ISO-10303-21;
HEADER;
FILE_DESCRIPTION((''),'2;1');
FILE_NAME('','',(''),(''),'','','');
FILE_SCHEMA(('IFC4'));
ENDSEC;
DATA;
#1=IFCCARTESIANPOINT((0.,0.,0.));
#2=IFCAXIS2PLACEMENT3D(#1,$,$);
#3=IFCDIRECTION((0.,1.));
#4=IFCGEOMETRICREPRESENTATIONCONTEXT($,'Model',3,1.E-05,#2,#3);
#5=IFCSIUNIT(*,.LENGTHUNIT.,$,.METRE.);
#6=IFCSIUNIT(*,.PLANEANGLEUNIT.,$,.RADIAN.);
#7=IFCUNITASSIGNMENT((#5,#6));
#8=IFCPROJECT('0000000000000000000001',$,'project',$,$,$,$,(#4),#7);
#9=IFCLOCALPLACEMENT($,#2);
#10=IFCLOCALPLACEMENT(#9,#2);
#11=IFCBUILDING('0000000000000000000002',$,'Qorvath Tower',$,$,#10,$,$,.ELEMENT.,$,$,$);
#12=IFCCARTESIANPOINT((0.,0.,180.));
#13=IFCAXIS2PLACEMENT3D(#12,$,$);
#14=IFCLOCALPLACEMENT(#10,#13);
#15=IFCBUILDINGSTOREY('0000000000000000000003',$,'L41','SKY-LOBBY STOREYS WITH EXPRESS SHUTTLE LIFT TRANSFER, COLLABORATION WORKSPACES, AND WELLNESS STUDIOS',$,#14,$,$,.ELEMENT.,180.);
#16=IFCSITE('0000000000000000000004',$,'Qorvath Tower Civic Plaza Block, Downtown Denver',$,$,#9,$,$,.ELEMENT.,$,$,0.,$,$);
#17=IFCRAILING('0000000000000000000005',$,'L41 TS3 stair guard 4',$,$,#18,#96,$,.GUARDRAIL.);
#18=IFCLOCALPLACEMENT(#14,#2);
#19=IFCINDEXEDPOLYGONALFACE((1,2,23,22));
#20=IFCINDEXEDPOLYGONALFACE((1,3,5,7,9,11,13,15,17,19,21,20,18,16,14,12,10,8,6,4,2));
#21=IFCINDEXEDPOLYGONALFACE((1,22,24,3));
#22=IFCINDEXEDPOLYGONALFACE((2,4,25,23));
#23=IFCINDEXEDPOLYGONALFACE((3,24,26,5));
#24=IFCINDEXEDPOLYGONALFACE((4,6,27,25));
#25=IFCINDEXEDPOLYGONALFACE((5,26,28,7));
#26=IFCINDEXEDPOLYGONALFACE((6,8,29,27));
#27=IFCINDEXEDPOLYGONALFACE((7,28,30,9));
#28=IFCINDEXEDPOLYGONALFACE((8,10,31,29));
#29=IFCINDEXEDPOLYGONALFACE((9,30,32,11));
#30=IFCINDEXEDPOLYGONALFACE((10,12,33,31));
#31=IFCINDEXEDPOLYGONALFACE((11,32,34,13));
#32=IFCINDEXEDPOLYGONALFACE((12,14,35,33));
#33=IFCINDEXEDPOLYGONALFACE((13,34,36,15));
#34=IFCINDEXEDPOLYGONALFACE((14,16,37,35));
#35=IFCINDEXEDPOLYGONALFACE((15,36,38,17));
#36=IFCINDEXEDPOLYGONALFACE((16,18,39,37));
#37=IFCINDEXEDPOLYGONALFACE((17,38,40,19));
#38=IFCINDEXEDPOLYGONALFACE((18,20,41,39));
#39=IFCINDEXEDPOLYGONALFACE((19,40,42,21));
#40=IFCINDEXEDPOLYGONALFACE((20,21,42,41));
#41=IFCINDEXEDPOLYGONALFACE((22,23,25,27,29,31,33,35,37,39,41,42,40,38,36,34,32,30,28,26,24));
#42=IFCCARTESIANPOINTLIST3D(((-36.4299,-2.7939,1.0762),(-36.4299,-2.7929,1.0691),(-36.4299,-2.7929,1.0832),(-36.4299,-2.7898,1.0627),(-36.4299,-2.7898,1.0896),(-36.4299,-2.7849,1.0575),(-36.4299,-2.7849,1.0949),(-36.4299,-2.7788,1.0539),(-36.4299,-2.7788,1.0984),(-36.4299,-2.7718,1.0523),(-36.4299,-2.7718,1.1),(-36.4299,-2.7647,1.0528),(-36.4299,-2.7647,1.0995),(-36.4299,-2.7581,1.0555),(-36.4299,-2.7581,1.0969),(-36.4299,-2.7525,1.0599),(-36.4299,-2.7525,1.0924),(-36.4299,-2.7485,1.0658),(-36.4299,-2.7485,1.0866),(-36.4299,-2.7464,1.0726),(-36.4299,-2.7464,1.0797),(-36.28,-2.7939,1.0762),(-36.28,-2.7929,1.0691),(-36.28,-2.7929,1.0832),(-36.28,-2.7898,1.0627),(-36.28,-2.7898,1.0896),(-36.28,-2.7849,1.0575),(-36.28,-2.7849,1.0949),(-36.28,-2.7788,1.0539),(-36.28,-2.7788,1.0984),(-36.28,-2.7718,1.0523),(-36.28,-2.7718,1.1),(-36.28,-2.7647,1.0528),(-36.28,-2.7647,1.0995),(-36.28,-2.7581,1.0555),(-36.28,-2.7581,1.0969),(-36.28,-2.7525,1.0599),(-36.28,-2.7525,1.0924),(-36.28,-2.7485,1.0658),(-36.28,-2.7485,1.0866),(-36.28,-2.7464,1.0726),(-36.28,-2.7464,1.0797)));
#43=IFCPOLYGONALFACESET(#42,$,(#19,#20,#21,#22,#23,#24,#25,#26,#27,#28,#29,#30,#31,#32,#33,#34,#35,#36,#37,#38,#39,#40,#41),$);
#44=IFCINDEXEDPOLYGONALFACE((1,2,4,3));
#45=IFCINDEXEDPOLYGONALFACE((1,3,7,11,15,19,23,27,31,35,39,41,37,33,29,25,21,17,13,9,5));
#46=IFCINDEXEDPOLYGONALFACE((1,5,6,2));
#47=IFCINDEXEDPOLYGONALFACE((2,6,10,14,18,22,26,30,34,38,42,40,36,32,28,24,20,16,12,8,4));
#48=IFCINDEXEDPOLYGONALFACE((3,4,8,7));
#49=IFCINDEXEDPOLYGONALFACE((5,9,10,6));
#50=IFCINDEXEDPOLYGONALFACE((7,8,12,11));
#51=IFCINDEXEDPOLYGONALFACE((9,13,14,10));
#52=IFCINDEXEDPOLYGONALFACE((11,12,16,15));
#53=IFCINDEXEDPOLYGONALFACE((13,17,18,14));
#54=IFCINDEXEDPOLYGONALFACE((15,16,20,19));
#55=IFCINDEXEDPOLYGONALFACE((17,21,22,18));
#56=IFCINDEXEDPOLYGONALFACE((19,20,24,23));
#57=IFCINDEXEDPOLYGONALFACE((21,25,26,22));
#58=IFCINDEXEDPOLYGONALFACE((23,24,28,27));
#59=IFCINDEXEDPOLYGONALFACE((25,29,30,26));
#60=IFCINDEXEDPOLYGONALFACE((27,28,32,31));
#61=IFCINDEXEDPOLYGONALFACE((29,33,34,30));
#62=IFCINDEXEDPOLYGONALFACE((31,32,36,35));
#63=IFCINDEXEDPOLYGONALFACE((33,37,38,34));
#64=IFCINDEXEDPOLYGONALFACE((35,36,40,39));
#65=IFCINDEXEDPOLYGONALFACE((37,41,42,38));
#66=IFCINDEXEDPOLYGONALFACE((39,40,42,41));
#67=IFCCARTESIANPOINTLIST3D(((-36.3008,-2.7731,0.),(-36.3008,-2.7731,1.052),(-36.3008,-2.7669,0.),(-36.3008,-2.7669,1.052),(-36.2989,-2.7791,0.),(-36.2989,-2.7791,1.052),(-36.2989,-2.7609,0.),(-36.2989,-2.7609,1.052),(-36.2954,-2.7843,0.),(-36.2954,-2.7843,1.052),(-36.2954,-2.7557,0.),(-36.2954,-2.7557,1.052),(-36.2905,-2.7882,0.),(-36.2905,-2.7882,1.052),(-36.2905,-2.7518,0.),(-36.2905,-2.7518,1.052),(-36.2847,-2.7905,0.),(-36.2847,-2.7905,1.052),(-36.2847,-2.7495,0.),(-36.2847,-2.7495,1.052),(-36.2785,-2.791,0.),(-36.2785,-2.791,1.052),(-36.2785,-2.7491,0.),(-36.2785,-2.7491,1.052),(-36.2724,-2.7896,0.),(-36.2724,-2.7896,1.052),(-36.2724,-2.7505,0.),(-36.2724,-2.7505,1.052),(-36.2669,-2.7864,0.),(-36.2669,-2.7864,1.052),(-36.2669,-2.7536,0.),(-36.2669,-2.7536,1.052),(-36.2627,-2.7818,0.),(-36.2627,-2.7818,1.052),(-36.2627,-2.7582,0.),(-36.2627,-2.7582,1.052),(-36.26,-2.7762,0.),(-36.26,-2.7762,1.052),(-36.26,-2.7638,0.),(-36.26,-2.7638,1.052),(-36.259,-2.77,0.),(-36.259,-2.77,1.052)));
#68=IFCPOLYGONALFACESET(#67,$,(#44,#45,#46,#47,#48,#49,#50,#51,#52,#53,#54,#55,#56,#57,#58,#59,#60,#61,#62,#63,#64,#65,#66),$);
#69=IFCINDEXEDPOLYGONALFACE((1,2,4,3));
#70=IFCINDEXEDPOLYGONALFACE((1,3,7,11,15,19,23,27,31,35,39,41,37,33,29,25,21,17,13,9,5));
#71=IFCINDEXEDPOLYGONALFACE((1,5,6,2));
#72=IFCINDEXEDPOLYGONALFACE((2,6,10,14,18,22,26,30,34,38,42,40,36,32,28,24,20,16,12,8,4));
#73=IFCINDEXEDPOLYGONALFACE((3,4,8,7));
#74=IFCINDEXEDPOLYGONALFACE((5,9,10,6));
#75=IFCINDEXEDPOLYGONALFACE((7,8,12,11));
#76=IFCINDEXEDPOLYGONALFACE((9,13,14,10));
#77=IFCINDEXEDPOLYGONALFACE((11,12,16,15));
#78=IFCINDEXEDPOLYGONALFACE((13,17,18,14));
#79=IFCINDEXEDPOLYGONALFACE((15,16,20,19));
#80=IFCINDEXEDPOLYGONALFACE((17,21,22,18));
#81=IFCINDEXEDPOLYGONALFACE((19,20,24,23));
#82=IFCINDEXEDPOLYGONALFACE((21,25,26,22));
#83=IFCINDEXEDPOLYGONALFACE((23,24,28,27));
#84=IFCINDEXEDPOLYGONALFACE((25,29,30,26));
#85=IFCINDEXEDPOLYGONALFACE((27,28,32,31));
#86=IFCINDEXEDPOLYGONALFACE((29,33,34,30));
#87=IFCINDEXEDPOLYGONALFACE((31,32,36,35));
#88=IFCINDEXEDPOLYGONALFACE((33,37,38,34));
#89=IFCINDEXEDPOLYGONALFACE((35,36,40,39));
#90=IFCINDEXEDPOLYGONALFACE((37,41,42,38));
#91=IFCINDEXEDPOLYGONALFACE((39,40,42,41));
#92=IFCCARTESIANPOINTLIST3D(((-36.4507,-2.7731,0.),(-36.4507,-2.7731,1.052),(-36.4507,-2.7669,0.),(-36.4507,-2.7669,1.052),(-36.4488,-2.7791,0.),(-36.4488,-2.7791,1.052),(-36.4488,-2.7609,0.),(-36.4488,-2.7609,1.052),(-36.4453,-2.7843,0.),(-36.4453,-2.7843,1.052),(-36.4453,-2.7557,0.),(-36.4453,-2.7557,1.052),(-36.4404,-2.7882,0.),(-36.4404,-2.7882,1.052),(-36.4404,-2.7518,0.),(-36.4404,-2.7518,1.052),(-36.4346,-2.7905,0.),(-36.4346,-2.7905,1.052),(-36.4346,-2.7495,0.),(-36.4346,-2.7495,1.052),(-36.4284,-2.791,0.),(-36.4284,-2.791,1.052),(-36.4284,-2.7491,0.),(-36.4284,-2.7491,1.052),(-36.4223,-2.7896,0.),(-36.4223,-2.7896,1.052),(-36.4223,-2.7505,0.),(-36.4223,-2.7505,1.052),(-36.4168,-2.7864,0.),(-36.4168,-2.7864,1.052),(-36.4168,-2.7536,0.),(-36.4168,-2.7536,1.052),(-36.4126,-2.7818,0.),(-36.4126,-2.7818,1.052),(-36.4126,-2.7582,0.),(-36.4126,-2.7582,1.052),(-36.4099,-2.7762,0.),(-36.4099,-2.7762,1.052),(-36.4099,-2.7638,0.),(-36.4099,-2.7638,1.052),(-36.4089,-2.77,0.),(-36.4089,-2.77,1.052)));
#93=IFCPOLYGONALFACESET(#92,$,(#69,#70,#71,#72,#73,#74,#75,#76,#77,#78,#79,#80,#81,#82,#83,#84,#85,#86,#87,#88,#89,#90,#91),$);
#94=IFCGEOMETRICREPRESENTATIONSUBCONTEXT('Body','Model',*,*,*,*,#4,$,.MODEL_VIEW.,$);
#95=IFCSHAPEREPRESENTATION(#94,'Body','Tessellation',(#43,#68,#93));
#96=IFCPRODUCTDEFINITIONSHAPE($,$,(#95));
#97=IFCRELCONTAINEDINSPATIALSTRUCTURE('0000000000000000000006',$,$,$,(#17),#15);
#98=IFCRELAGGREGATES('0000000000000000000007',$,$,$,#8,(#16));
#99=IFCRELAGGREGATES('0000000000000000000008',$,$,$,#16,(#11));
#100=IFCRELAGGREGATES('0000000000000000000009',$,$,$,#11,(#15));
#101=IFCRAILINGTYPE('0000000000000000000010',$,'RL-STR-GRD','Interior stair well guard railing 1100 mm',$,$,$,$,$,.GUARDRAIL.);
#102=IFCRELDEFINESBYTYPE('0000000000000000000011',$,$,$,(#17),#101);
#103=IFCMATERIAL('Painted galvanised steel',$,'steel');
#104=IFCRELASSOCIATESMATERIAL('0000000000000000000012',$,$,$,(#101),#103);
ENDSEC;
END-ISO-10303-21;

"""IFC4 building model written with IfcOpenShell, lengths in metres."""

from ifc_helpers import new_model, si_unit, direction, frame, origin, origin_2d, place, context, subcontext, project, spatial, circle, extrude, material, type_object, element, save


model = new_model("IFC4")

# Units and contexts
model_context = context("Model", 3, precision=1e-05, world=origin(), true_north=direction((0.0, 1.0)))
body_context = subcontext(model_context, "Body", "Model", "MODEL_VIEW")
ifc_project = project(units=[si_unit("LENGTHUNIT", "METRE"), si_unit("PLANEANGLEUNIT", "RADIAN")], contexts=[model_context])

# Site, building, storey
site_placement = place(None, origin())
site = spatial("IfcSite", under=ifc_project, at=site_placement, Name="Qorvath Tower Civic Plaza Block, Downtown Denver", CompositionType="ELEMENT", RefElevation=0.0)
building_placement = place(site_placement, origin())
building = spatial("IfcBuilding", under=site, at=building_placement, Name="Qorvath Tower", CompositionType="ELEMENT")
storey_placement = place(building_placement, frame((0.0, 0.0, 180.0)))
storey = spatial("IfcBuildingStorey", under=building, at=storey_placement, Name="L41", Description="SKY-LOBBY STOREYS WITH EXPRESS SHUTTLE LIFT TRANSFER, COLLABORATION WORKSPACES, AND WELLNESS STUDIOS", CompositionType="ELEMENT", Elevation=180.0)

# Railing
ifc_material_1 = material(Name="Painted galvanised steel", Category="steel")
railing_type_1 = type_object("IfcRailingType", Name="RL-STR-GRD", Description="Interior stair well guard railing 1100 mm", PredefinedType="GUARDRAIL", material=ifc_material_1)
railing_1_placement = place(storey_placement, frame((-36.28, -2.77, 0.0)))
element("IfcRailing", 1, at=railing_1_placement, inside=storey, type_object=railing_type_1, Name="L41 TS3 stair guard 4", PredefinedType="GUARDRAIL", context=body_context, shape_type="SweptSolid", body=[
    extrude(circle(Radius=0.0239, at=origin_2d()), frame((0.0, 0.0, 1.0762), z_axis=(-1.0, 0.0, 0.0), x_axis=(0.0, -1.0, 0.0)), (0.0, 0.0, 1.0), 0.1499),
    extrude(circle(Radius=0.021, at=origin_2d()), origin(), (0.0, 0.0, 1.0), 1.052),
    extrude(circle(Radius=0.021, at=origin_2d()), frame((-0.1499, 0.0, 0.0)), (0.0, 0.0, 1.0), 1.052),
])

save(model, "model.ifc")
